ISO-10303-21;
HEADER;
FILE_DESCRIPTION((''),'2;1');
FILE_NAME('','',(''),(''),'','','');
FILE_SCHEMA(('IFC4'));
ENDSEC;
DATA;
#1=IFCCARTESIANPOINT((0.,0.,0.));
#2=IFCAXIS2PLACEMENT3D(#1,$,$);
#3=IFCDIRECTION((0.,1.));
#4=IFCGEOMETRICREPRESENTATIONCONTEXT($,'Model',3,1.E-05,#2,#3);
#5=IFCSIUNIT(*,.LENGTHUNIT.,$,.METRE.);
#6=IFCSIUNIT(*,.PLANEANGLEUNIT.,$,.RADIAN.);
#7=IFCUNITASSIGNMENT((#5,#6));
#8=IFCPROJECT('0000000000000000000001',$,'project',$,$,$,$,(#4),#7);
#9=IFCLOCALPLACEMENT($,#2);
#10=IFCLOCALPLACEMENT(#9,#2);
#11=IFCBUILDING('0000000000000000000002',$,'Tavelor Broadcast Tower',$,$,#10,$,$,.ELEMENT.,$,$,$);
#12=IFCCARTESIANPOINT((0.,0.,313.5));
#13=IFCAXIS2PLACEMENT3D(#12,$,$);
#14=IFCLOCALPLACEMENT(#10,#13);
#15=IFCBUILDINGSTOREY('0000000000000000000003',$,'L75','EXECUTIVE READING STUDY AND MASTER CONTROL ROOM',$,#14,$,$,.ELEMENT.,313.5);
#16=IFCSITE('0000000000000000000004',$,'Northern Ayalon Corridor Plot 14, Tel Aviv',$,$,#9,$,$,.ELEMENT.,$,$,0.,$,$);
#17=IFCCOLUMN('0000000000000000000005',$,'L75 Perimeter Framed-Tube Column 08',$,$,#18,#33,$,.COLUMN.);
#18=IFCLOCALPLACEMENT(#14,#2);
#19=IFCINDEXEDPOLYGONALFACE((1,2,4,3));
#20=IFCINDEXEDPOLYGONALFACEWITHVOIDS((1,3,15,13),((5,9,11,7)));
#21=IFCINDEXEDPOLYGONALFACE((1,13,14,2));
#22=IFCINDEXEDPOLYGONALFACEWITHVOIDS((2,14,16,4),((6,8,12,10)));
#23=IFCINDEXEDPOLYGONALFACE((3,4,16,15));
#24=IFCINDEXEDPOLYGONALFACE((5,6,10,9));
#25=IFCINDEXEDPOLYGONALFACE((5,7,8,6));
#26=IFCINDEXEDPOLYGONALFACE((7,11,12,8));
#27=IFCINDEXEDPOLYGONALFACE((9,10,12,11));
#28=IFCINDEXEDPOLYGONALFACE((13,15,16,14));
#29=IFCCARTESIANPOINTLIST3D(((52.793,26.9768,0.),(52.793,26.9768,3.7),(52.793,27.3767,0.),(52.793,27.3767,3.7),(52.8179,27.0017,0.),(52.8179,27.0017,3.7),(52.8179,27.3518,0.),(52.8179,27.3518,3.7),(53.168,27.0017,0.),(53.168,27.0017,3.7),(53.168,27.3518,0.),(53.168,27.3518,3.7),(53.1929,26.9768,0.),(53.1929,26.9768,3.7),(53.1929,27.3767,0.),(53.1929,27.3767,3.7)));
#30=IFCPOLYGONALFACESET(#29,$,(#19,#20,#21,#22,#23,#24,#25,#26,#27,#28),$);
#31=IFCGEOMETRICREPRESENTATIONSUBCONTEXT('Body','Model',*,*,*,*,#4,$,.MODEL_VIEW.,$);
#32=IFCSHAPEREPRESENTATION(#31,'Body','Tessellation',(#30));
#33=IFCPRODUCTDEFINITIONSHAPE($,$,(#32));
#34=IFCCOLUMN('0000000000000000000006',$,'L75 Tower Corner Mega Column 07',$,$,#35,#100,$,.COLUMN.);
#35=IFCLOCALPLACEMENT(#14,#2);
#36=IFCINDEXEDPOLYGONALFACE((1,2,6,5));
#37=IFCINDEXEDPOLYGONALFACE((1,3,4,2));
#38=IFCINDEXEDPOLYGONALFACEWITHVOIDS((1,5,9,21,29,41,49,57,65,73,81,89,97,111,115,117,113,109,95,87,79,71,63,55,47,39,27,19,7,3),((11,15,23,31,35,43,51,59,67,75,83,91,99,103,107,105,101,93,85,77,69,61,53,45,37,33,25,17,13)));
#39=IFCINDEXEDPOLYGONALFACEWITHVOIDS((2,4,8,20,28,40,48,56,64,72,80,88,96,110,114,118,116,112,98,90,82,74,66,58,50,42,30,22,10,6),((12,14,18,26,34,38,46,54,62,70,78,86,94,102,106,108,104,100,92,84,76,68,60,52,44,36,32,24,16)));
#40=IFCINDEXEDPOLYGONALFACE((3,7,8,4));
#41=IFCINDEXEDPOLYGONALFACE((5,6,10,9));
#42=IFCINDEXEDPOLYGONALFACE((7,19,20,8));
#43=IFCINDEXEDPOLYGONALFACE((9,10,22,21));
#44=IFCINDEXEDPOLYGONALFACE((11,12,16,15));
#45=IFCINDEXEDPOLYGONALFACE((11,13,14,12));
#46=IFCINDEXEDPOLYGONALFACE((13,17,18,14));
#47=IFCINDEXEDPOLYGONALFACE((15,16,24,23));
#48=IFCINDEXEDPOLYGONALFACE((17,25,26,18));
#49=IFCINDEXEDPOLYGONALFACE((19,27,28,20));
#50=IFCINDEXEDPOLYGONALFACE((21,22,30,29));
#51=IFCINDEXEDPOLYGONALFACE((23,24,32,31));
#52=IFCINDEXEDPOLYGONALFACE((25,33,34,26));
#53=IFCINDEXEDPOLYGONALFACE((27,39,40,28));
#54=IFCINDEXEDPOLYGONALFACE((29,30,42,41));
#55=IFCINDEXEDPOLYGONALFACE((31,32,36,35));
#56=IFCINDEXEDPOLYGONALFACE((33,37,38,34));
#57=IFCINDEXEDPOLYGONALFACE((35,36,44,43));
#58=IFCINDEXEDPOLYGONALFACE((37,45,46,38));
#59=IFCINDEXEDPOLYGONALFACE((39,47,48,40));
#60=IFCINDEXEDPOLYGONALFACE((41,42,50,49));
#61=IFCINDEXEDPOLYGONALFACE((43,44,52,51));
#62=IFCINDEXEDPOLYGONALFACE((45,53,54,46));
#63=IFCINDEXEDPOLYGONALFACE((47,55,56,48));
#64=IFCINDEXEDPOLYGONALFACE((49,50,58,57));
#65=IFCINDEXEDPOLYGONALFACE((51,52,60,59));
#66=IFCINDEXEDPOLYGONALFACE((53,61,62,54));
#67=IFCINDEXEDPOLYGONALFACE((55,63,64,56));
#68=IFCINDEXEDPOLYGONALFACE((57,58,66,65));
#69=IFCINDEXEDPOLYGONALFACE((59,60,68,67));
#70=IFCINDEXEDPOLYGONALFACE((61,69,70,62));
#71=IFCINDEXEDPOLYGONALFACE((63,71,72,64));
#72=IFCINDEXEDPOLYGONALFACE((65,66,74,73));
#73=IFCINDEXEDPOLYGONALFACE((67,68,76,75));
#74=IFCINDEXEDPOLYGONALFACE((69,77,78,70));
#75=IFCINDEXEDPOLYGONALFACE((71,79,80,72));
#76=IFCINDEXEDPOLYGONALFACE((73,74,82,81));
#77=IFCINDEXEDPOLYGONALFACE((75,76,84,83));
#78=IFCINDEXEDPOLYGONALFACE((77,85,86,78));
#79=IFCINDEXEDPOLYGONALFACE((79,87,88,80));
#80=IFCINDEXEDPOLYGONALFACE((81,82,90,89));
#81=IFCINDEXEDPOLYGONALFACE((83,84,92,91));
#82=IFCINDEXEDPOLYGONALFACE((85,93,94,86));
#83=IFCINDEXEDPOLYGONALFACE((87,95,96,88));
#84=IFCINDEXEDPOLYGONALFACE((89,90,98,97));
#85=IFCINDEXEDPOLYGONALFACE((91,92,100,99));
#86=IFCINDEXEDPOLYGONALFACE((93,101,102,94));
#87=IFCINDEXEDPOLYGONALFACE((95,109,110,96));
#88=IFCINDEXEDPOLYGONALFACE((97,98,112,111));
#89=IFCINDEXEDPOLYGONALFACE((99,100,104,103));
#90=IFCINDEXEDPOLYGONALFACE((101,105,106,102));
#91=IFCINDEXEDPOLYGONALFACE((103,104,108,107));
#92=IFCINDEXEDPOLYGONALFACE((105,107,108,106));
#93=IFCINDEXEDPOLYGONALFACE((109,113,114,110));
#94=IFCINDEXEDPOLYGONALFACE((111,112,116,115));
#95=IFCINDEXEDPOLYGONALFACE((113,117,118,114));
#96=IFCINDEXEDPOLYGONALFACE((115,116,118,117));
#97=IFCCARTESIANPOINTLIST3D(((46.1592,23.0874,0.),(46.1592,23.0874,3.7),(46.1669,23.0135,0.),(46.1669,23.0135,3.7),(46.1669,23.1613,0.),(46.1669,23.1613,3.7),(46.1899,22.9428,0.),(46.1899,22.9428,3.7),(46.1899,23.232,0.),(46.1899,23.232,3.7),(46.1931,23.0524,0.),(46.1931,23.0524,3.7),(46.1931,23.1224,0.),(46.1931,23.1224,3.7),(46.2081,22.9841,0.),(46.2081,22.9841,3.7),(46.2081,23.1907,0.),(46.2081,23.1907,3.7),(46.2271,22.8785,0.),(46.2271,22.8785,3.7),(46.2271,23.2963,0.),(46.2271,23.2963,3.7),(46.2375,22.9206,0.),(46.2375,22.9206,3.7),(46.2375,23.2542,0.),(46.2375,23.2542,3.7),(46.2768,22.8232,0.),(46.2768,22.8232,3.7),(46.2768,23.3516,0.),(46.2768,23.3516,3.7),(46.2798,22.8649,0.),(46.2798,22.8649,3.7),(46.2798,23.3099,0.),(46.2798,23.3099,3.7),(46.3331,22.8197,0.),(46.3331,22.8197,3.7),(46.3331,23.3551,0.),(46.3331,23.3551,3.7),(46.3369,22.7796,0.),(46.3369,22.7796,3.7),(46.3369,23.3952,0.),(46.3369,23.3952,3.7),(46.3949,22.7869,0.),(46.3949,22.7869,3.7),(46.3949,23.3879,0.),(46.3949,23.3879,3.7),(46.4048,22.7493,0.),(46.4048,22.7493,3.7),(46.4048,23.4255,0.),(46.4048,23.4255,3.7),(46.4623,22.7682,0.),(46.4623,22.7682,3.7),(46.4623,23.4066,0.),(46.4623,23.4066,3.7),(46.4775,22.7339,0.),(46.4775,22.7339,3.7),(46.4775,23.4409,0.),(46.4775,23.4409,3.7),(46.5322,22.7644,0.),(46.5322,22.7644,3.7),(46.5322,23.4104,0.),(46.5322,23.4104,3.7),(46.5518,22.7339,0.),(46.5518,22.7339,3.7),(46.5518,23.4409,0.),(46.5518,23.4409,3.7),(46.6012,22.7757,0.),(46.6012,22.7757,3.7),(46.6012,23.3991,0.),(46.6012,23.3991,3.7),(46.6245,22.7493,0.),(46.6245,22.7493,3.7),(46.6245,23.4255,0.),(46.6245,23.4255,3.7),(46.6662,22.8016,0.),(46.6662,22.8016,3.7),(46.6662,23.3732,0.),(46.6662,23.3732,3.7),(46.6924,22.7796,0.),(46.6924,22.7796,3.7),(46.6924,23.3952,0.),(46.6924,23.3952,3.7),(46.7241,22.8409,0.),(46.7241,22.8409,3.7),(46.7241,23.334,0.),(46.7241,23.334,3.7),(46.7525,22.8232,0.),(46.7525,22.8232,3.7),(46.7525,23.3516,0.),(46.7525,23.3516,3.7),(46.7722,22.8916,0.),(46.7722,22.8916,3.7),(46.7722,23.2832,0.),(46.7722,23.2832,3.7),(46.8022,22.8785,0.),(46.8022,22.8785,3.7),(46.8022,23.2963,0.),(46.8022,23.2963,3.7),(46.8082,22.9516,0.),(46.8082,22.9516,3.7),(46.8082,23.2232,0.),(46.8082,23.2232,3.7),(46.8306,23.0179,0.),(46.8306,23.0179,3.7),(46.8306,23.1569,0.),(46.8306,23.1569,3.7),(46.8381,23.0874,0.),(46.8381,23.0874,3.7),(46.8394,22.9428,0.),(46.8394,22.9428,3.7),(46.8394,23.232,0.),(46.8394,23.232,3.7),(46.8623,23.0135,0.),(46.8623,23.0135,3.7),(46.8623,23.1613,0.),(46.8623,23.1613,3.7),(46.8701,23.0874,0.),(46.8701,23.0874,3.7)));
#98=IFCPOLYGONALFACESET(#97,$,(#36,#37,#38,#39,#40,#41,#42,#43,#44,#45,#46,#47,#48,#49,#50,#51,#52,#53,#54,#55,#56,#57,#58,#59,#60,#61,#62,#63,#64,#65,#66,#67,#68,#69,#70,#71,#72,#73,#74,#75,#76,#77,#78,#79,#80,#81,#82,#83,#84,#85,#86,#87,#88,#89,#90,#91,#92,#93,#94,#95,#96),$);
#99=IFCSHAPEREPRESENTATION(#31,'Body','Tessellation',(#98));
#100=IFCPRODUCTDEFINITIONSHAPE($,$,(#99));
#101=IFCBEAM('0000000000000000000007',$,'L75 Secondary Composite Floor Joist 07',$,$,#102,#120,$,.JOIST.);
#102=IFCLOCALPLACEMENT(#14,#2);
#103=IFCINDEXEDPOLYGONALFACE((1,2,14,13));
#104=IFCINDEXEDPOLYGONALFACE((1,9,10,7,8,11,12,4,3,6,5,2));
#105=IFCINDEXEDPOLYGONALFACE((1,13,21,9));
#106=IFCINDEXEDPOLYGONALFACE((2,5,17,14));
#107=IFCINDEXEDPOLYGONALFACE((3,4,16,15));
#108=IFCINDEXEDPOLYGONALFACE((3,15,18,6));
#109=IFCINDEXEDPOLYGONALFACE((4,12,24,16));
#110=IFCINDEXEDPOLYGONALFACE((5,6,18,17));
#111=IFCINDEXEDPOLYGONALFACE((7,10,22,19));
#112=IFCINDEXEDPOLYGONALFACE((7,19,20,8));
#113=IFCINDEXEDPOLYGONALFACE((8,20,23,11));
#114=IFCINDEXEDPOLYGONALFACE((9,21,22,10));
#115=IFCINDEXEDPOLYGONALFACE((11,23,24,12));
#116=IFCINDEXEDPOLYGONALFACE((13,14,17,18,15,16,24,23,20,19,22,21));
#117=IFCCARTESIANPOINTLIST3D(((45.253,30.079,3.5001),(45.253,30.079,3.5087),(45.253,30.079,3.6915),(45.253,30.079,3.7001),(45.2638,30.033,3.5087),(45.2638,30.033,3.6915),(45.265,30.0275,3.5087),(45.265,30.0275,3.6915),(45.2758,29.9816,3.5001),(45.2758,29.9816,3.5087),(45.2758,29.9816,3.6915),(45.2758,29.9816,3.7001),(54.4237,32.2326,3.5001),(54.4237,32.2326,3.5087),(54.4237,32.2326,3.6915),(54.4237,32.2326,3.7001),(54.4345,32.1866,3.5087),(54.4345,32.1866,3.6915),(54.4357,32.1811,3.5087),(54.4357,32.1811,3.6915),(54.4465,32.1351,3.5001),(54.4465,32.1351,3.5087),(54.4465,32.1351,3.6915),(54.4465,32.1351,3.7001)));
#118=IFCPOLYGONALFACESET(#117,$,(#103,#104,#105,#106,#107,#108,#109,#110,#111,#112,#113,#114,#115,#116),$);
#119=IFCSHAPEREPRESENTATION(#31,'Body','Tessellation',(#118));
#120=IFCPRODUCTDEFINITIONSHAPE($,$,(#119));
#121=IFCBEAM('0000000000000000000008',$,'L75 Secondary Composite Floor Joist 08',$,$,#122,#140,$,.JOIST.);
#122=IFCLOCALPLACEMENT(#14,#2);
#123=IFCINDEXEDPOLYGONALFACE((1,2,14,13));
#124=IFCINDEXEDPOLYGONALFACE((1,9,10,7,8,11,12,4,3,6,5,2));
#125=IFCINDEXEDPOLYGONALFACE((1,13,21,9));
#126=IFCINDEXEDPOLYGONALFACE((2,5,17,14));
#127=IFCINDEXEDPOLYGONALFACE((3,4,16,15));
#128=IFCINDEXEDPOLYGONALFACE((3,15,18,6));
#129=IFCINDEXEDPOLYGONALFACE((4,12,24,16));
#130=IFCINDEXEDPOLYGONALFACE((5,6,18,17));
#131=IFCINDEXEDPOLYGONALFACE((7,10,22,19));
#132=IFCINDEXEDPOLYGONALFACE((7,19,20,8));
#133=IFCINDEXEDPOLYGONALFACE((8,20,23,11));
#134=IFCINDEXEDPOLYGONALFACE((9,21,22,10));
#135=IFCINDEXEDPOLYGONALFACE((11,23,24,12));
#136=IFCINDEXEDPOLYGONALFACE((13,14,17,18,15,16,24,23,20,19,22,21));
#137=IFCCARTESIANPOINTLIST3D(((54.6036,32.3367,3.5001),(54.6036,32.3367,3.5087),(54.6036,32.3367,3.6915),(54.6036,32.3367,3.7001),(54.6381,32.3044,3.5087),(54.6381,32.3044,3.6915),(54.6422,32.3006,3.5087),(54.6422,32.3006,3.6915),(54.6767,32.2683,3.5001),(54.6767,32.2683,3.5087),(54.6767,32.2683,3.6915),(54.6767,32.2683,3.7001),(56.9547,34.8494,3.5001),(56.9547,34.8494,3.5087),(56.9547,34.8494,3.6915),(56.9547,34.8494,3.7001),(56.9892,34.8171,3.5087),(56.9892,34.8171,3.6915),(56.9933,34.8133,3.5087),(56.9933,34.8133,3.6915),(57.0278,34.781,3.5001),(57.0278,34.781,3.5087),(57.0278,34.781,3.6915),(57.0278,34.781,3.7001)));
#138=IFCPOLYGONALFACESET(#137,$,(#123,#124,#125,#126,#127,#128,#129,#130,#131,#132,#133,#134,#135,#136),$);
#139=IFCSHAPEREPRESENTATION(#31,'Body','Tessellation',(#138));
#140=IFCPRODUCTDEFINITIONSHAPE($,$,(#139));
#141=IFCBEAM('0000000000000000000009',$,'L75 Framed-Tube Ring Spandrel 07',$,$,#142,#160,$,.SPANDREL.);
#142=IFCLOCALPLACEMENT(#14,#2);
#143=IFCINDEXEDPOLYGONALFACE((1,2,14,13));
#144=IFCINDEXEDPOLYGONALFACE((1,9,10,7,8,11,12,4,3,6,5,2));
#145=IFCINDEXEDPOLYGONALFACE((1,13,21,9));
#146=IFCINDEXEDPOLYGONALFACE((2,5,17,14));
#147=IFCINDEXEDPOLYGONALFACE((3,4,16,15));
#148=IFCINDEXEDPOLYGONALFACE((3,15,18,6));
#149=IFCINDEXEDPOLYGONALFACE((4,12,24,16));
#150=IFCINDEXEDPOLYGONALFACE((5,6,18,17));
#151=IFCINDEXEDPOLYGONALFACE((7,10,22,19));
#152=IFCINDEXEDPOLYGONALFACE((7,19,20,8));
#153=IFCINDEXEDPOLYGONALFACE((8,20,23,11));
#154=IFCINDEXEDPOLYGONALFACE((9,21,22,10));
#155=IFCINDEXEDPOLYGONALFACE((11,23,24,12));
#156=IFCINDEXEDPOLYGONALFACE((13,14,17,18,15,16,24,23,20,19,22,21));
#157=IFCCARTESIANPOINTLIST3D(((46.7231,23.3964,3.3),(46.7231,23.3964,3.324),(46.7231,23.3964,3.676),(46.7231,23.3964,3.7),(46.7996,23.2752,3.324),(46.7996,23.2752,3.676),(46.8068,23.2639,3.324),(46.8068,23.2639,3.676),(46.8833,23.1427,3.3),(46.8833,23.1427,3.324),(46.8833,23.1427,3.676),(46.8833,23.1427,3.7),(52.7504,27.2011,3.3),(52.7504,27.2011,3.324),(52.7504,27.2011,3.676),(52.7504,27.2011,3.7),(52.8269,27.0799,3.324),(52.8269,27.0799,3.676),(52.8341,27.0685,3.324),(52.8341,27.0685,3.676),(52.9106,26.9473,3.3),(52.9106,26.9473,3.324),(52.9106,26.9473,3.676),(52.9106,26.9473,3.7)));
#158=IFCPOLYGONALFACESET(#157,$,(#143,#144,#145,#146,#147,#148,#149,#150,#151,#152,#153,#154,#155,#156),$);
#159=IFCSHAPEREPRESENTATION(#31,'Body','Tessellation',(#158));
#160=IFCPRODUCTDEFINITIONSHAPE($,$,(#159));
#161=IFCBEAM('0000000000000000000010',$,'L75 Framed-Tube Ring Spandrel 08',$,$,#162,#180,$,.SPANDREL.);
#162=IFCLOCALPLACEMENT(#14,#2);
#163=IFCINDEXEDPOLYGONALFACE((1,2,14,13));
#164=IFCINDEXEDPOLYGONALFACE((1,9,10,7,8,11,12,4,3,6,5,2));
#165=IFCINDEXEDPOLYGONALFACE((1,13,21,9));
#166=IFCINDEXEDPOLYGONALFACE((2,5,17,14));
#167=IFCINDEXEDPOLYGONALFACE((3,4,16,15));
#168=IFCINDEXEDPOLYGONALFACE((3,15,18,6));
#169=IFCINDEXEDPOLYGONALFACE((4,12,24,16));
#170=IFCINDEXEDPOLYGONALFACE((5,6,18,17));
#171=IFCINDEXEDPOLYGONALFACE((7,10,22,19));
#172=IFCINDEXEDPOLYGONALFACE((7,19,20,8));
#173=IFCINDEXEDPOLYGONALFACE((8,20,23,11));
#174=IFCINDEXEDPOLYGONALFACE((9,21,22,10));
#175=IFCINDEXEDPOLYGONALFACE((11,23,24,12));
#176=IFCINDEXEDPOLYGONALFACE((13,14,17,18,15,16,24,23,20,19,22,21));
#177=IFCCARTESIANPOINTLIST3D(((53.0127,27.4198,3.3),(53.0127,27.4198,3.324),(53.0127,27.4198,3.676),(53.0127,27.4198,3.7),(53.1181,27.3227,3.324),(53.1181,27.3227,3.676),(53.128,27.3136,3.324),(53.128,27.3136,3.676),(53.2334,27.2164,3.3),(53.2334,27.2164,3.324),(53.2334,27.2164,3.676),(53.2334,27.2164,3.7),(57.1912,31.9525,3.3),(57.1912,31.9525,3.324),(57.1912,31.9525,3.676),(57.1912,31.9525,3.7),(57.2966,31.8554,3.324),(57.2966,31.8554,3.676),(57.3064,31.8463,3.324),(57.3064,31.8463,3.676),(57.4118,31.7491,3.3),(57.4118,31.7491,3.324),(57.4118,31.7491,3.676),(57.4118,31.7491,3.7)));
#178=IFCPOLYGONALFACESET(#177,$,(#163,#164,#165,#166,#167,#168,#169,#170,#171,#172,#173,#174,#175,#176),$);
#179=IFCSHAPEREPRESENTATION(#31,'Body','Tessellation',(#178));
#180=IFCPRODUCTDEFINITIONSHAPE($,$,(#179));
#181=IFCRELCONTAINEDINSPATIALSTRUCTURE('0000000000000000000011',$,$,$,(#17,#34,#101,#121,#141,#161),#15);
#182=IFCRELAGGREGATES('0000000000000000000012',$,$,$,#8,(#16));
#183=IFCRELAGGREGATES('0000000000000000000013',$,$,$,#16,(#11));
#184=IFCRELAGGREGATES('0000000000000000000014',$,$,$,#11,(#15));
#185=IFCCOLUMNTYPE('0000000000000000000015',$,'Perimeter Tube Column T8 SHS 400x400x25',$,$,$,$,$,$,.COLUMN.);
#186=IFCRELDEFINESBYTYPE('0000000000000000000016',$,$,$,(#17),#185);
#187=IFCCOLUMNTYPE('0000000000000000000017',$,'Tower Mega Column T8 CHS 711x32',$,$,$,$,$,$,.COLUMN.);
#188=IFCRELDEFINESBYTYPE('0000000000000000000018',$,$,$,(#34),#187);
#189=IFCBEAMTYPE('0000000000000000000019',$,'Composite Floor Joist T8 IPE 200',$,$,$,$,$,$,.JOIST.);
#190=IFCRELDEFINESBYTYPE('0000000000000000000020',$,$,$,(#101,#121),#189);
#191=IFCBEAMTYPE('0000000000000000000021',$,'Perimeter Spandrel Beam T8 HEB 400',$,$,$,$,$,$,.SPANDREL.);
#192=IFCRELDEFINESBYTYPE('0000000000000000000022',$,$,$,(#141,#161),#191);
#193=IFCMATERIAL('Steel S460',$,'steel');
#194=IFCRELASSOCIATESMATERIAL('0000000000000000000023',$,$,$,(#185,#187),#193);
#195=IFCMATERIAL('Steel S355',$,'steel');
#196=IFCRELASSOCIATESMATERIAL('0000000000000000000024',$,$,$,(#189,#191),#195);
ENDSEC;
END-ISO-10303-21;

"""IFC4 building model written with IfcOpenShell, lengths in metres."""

from ifc_helpers import new_model, si_unit, direction, frame, origin, origin_2d, place, context, subcontext, project, spatial, hollow_rectangle, hollow_circle, i_section, extrude, material, material_profile, profile_set, type_object, element, save


model = new_model("IFC4")

# Units and contexts
model_context = context("Model", 3, precision=1e-05, world=origin(), true_north=direction((0.0, 1.0)))
body_context = subcontext(model_context, "Body", "Model", "MODEL_VIEW")
ifc_project = project(units=[si_unit("LENGTHUNIT", "METRE"), si_unit("PLANEANGLEUNIT", "RADIAN")], contexts=[model_context])

# Site, building, storey
site_placement = place(None, origin())
site = spatial("IfcSite", under=ifc_project, at=site_placement, Name="Northern Ayalon Corridor Plot 14, Tel Aviv", CompositionType="ELEMENT", RefElevation=0.0)
building_placement = place(site_placement, origin())
building = spatial("IfcBuilding", under=site, at=building_placement, Name="Tavelor Broadcast Tower", CompositionType="ELEMENT")
storey_placement = place(building_placement, frame((0.0, 0.0, 313.5)))
storey = spatial("IfcBuildingStorey", under=building, at=storey_placement, Name="L75", Description="EXECUTIVE READING STUDY AND MASTER CONTROL ROOM", CompositionType="ELEMENT", Elevation=313.5)

# Columns
ifc_material_1 = material(Name="Steel S460", Category="steel")
ifc_material_profile_1 = material_profile(ifc_material_1, hollow_rectangle(XDim=0.3999, YDim=0.3999, WallThickness=0.0249, at=origin_2d()), Name="SHS 400x400x25")
ifc_profile_set_1 = profile_set([ifc_material_profile_1], Name="Steel S460")
column_type_1 = type_object("IfcColumnType", Name="Perimeter Tube Column T8 SHS 400x400x25", PredefinedType="COLUMN", material=ifc_profile_set_1)
column_1_placement = place(storey_placement, frame((52.9929, 27.1768, 0.0), z_axis=(0.0, 0.0, 1.0), x_axis=(1.0, 0.0, 0.0)))
element("IfcColumn", 1, at=column_1_placement, inside=storey, type_object=column_type_1, Name="L75 Perimeter Framed-Tube Column 08", PredefinedType="COLUMN", context=body_context, shape_type="SweptSolid", body=[
    extrude(hollow_rectangle(XDim=0.3999, YDim=0.3999, WallThickness=0.0249, at=origin_2d()), origin(), (0.0, 0.0, 1.0), 3.7),
])
ifc_material_profile_2 = material_profile(ifc_material_1, hollow_circle(Radius=0.3555, WallThickness=0.032, at=origin_2d()), Name="CHS 711x32")
ifc_profile_set_2 = profile_set([ifc_material_profile_2], Name="Steel S460")
column_type_2 = type_object("IfcColumnType", Name="Tower Mega Column T8 CHS 711x32", PredefinedType="COLUMN", material=ifc_profile_set_2)
column_2_placement = place(storey_placement, frame((46.5146, 23.0874, 0.0), z_axis=(0.0, 0.0, 1.0), x_axis=(1.0, 0.0, 0.0)))
element("IfcColumn", 2, at=column_2_placement, inside=storey, type_object=column_type_2, Name="L75 Tower Corner Mega Column 07", PredefinedType="COLUMN", context=body_context, shape_type="SweptSolid", body=[
    extrude(hollow_circle(Radius=0.3555, WallThickness=0.032, at=origin_2d()), origin(), (0.0, 0.0, 1.0), 3.7),
])

# Beams
ifc_material_2 = material(Name="Steel S355", Category="steel")
ifc_material_profile_3 = material_profile(ifc_material_2, i_section(OverallWidth=0.1001, OverallDepth=0.2, WebThickness=0.0056, FlangeThickness=0.0085, at=origin_2d()), Name="IPE 200")
ifc_profile_set_3 = profile_set([ifc_material_profile_3], Name="Steel S355")
beam_type_1 = type_object("IfcBeamType", Name="Composite Floor Joist T8 IPE 200", PredefinedType="JOIST", material=ifc_profile_set_3)
beam_1_placement = place(storey_placement, frame((45.2644, 30.0303, 3.6001), z_axis=(0.973517, 0.228613, 0.0), x_axis=(-0.228613, 0.973517, 0.0)))
element("IfcBeam", 3, at=beam_1_placement, inside=storey, type_object=beam_type_1, Name="L75 Secondary Composite Floor Joist 07", PredefinedType="JOIST", context=body_context, shape_type="SweptSolid", body=[
    extrude(i_section(OverallWidth=0.1001, OverallDepth=0.2, WebThickness=0.0056, FlangeThickness=0.0085, at=origin_2d()), origin(), (0.0, 0.0, 1.0), 9.4202),
])
beam_2_placement = place(storey_placement, frame((54.6401, 32.3025, 3.6001), z_axis=(0.683233, 0.730201, 0.0), x_axis=(-0.730201, 0.683233, 0.0)))
element("IfcBeam", 4, at=beam_2_placement, inside=storey, type_object=beam_type_1, Name="L75 Secondary Composite Floor Joist 08", PredefinedType="JOIST", context=body_context, shape_type="SweptSolid", body=[
    extrude(i_section(OverallWidth=0.1001, OverallDepth=0.2, WebThickness=0.0056, FlangeThickness=0.0085, at=origin_2d()), origin(), (0.0, 0.0, 1.0), 3.4412),
])
ifc_material_profile_4 = material_profile(ifc_material_2, i_section(OverallWidth=0.3, OverallDepth=0.3999, WebThickness=0.0134, FlangeThickness=0.0239, at=origin_2d()), Name="HEB 400")
ifc_profile_set_4 = profile_set([ifc_material_profile_4], Name="Steel S355")
beam_type_2 = type_object("IfcBeamType", Name="Perimeter Spandrel Beam T8 HEB 400", PredefinedType="SPANDREL", material=ifc_profile_set_4)
beam_3_placement = place(storey_placement, frame((46.8032, 23.2695, 3.5), z_axis=(0.845619, 0.533787, 0.0), x_axis=(-0.533787, 0.845619, 0.0)))
element("IfcBeam", 5, at=beam_3_placement, inside=storey, type_object=beam_type_2, Name="L75 Framed-Tube Ring Spandrel 07", PredefinedType="SPANDREL", context=body_context, shape_type="SweptSolid", body=[
    extrude(i_section(OverallWidth=0.3, OverallDepth=0.3999, WebThickness=0.0134, FlangeThickness=0.0239, at=origin_2d()), origin(), (0.0, 0.0, 1.0), 7.1277),
])
beam_4_placement = place(storey_placement, frame((53.123, 27.3181, 3.5), z_axis=(0.677791, 0.735254, 0.0), x_axis=(-0.735254, 0.677791, 0.0)))
element("IfcBeam", 6, at=beam_4_placement, inside=storey, type_object=beam_type_2, Name="L75 Framed-Tube Ring Spandrel 08", PredefinedType="SPANDREL", context=body_context, shape_type="SweptSolid", body=[
    extrude(i_section(OverallWidth=0.3, OverallDepth=0.3999, WebThickness=0.0134, FlangeThickness=0.0239, at=origin_2d()), origin(), (0.0, 0.0, 1.0), 6.1648),
])

save(model, "model.ifc")
